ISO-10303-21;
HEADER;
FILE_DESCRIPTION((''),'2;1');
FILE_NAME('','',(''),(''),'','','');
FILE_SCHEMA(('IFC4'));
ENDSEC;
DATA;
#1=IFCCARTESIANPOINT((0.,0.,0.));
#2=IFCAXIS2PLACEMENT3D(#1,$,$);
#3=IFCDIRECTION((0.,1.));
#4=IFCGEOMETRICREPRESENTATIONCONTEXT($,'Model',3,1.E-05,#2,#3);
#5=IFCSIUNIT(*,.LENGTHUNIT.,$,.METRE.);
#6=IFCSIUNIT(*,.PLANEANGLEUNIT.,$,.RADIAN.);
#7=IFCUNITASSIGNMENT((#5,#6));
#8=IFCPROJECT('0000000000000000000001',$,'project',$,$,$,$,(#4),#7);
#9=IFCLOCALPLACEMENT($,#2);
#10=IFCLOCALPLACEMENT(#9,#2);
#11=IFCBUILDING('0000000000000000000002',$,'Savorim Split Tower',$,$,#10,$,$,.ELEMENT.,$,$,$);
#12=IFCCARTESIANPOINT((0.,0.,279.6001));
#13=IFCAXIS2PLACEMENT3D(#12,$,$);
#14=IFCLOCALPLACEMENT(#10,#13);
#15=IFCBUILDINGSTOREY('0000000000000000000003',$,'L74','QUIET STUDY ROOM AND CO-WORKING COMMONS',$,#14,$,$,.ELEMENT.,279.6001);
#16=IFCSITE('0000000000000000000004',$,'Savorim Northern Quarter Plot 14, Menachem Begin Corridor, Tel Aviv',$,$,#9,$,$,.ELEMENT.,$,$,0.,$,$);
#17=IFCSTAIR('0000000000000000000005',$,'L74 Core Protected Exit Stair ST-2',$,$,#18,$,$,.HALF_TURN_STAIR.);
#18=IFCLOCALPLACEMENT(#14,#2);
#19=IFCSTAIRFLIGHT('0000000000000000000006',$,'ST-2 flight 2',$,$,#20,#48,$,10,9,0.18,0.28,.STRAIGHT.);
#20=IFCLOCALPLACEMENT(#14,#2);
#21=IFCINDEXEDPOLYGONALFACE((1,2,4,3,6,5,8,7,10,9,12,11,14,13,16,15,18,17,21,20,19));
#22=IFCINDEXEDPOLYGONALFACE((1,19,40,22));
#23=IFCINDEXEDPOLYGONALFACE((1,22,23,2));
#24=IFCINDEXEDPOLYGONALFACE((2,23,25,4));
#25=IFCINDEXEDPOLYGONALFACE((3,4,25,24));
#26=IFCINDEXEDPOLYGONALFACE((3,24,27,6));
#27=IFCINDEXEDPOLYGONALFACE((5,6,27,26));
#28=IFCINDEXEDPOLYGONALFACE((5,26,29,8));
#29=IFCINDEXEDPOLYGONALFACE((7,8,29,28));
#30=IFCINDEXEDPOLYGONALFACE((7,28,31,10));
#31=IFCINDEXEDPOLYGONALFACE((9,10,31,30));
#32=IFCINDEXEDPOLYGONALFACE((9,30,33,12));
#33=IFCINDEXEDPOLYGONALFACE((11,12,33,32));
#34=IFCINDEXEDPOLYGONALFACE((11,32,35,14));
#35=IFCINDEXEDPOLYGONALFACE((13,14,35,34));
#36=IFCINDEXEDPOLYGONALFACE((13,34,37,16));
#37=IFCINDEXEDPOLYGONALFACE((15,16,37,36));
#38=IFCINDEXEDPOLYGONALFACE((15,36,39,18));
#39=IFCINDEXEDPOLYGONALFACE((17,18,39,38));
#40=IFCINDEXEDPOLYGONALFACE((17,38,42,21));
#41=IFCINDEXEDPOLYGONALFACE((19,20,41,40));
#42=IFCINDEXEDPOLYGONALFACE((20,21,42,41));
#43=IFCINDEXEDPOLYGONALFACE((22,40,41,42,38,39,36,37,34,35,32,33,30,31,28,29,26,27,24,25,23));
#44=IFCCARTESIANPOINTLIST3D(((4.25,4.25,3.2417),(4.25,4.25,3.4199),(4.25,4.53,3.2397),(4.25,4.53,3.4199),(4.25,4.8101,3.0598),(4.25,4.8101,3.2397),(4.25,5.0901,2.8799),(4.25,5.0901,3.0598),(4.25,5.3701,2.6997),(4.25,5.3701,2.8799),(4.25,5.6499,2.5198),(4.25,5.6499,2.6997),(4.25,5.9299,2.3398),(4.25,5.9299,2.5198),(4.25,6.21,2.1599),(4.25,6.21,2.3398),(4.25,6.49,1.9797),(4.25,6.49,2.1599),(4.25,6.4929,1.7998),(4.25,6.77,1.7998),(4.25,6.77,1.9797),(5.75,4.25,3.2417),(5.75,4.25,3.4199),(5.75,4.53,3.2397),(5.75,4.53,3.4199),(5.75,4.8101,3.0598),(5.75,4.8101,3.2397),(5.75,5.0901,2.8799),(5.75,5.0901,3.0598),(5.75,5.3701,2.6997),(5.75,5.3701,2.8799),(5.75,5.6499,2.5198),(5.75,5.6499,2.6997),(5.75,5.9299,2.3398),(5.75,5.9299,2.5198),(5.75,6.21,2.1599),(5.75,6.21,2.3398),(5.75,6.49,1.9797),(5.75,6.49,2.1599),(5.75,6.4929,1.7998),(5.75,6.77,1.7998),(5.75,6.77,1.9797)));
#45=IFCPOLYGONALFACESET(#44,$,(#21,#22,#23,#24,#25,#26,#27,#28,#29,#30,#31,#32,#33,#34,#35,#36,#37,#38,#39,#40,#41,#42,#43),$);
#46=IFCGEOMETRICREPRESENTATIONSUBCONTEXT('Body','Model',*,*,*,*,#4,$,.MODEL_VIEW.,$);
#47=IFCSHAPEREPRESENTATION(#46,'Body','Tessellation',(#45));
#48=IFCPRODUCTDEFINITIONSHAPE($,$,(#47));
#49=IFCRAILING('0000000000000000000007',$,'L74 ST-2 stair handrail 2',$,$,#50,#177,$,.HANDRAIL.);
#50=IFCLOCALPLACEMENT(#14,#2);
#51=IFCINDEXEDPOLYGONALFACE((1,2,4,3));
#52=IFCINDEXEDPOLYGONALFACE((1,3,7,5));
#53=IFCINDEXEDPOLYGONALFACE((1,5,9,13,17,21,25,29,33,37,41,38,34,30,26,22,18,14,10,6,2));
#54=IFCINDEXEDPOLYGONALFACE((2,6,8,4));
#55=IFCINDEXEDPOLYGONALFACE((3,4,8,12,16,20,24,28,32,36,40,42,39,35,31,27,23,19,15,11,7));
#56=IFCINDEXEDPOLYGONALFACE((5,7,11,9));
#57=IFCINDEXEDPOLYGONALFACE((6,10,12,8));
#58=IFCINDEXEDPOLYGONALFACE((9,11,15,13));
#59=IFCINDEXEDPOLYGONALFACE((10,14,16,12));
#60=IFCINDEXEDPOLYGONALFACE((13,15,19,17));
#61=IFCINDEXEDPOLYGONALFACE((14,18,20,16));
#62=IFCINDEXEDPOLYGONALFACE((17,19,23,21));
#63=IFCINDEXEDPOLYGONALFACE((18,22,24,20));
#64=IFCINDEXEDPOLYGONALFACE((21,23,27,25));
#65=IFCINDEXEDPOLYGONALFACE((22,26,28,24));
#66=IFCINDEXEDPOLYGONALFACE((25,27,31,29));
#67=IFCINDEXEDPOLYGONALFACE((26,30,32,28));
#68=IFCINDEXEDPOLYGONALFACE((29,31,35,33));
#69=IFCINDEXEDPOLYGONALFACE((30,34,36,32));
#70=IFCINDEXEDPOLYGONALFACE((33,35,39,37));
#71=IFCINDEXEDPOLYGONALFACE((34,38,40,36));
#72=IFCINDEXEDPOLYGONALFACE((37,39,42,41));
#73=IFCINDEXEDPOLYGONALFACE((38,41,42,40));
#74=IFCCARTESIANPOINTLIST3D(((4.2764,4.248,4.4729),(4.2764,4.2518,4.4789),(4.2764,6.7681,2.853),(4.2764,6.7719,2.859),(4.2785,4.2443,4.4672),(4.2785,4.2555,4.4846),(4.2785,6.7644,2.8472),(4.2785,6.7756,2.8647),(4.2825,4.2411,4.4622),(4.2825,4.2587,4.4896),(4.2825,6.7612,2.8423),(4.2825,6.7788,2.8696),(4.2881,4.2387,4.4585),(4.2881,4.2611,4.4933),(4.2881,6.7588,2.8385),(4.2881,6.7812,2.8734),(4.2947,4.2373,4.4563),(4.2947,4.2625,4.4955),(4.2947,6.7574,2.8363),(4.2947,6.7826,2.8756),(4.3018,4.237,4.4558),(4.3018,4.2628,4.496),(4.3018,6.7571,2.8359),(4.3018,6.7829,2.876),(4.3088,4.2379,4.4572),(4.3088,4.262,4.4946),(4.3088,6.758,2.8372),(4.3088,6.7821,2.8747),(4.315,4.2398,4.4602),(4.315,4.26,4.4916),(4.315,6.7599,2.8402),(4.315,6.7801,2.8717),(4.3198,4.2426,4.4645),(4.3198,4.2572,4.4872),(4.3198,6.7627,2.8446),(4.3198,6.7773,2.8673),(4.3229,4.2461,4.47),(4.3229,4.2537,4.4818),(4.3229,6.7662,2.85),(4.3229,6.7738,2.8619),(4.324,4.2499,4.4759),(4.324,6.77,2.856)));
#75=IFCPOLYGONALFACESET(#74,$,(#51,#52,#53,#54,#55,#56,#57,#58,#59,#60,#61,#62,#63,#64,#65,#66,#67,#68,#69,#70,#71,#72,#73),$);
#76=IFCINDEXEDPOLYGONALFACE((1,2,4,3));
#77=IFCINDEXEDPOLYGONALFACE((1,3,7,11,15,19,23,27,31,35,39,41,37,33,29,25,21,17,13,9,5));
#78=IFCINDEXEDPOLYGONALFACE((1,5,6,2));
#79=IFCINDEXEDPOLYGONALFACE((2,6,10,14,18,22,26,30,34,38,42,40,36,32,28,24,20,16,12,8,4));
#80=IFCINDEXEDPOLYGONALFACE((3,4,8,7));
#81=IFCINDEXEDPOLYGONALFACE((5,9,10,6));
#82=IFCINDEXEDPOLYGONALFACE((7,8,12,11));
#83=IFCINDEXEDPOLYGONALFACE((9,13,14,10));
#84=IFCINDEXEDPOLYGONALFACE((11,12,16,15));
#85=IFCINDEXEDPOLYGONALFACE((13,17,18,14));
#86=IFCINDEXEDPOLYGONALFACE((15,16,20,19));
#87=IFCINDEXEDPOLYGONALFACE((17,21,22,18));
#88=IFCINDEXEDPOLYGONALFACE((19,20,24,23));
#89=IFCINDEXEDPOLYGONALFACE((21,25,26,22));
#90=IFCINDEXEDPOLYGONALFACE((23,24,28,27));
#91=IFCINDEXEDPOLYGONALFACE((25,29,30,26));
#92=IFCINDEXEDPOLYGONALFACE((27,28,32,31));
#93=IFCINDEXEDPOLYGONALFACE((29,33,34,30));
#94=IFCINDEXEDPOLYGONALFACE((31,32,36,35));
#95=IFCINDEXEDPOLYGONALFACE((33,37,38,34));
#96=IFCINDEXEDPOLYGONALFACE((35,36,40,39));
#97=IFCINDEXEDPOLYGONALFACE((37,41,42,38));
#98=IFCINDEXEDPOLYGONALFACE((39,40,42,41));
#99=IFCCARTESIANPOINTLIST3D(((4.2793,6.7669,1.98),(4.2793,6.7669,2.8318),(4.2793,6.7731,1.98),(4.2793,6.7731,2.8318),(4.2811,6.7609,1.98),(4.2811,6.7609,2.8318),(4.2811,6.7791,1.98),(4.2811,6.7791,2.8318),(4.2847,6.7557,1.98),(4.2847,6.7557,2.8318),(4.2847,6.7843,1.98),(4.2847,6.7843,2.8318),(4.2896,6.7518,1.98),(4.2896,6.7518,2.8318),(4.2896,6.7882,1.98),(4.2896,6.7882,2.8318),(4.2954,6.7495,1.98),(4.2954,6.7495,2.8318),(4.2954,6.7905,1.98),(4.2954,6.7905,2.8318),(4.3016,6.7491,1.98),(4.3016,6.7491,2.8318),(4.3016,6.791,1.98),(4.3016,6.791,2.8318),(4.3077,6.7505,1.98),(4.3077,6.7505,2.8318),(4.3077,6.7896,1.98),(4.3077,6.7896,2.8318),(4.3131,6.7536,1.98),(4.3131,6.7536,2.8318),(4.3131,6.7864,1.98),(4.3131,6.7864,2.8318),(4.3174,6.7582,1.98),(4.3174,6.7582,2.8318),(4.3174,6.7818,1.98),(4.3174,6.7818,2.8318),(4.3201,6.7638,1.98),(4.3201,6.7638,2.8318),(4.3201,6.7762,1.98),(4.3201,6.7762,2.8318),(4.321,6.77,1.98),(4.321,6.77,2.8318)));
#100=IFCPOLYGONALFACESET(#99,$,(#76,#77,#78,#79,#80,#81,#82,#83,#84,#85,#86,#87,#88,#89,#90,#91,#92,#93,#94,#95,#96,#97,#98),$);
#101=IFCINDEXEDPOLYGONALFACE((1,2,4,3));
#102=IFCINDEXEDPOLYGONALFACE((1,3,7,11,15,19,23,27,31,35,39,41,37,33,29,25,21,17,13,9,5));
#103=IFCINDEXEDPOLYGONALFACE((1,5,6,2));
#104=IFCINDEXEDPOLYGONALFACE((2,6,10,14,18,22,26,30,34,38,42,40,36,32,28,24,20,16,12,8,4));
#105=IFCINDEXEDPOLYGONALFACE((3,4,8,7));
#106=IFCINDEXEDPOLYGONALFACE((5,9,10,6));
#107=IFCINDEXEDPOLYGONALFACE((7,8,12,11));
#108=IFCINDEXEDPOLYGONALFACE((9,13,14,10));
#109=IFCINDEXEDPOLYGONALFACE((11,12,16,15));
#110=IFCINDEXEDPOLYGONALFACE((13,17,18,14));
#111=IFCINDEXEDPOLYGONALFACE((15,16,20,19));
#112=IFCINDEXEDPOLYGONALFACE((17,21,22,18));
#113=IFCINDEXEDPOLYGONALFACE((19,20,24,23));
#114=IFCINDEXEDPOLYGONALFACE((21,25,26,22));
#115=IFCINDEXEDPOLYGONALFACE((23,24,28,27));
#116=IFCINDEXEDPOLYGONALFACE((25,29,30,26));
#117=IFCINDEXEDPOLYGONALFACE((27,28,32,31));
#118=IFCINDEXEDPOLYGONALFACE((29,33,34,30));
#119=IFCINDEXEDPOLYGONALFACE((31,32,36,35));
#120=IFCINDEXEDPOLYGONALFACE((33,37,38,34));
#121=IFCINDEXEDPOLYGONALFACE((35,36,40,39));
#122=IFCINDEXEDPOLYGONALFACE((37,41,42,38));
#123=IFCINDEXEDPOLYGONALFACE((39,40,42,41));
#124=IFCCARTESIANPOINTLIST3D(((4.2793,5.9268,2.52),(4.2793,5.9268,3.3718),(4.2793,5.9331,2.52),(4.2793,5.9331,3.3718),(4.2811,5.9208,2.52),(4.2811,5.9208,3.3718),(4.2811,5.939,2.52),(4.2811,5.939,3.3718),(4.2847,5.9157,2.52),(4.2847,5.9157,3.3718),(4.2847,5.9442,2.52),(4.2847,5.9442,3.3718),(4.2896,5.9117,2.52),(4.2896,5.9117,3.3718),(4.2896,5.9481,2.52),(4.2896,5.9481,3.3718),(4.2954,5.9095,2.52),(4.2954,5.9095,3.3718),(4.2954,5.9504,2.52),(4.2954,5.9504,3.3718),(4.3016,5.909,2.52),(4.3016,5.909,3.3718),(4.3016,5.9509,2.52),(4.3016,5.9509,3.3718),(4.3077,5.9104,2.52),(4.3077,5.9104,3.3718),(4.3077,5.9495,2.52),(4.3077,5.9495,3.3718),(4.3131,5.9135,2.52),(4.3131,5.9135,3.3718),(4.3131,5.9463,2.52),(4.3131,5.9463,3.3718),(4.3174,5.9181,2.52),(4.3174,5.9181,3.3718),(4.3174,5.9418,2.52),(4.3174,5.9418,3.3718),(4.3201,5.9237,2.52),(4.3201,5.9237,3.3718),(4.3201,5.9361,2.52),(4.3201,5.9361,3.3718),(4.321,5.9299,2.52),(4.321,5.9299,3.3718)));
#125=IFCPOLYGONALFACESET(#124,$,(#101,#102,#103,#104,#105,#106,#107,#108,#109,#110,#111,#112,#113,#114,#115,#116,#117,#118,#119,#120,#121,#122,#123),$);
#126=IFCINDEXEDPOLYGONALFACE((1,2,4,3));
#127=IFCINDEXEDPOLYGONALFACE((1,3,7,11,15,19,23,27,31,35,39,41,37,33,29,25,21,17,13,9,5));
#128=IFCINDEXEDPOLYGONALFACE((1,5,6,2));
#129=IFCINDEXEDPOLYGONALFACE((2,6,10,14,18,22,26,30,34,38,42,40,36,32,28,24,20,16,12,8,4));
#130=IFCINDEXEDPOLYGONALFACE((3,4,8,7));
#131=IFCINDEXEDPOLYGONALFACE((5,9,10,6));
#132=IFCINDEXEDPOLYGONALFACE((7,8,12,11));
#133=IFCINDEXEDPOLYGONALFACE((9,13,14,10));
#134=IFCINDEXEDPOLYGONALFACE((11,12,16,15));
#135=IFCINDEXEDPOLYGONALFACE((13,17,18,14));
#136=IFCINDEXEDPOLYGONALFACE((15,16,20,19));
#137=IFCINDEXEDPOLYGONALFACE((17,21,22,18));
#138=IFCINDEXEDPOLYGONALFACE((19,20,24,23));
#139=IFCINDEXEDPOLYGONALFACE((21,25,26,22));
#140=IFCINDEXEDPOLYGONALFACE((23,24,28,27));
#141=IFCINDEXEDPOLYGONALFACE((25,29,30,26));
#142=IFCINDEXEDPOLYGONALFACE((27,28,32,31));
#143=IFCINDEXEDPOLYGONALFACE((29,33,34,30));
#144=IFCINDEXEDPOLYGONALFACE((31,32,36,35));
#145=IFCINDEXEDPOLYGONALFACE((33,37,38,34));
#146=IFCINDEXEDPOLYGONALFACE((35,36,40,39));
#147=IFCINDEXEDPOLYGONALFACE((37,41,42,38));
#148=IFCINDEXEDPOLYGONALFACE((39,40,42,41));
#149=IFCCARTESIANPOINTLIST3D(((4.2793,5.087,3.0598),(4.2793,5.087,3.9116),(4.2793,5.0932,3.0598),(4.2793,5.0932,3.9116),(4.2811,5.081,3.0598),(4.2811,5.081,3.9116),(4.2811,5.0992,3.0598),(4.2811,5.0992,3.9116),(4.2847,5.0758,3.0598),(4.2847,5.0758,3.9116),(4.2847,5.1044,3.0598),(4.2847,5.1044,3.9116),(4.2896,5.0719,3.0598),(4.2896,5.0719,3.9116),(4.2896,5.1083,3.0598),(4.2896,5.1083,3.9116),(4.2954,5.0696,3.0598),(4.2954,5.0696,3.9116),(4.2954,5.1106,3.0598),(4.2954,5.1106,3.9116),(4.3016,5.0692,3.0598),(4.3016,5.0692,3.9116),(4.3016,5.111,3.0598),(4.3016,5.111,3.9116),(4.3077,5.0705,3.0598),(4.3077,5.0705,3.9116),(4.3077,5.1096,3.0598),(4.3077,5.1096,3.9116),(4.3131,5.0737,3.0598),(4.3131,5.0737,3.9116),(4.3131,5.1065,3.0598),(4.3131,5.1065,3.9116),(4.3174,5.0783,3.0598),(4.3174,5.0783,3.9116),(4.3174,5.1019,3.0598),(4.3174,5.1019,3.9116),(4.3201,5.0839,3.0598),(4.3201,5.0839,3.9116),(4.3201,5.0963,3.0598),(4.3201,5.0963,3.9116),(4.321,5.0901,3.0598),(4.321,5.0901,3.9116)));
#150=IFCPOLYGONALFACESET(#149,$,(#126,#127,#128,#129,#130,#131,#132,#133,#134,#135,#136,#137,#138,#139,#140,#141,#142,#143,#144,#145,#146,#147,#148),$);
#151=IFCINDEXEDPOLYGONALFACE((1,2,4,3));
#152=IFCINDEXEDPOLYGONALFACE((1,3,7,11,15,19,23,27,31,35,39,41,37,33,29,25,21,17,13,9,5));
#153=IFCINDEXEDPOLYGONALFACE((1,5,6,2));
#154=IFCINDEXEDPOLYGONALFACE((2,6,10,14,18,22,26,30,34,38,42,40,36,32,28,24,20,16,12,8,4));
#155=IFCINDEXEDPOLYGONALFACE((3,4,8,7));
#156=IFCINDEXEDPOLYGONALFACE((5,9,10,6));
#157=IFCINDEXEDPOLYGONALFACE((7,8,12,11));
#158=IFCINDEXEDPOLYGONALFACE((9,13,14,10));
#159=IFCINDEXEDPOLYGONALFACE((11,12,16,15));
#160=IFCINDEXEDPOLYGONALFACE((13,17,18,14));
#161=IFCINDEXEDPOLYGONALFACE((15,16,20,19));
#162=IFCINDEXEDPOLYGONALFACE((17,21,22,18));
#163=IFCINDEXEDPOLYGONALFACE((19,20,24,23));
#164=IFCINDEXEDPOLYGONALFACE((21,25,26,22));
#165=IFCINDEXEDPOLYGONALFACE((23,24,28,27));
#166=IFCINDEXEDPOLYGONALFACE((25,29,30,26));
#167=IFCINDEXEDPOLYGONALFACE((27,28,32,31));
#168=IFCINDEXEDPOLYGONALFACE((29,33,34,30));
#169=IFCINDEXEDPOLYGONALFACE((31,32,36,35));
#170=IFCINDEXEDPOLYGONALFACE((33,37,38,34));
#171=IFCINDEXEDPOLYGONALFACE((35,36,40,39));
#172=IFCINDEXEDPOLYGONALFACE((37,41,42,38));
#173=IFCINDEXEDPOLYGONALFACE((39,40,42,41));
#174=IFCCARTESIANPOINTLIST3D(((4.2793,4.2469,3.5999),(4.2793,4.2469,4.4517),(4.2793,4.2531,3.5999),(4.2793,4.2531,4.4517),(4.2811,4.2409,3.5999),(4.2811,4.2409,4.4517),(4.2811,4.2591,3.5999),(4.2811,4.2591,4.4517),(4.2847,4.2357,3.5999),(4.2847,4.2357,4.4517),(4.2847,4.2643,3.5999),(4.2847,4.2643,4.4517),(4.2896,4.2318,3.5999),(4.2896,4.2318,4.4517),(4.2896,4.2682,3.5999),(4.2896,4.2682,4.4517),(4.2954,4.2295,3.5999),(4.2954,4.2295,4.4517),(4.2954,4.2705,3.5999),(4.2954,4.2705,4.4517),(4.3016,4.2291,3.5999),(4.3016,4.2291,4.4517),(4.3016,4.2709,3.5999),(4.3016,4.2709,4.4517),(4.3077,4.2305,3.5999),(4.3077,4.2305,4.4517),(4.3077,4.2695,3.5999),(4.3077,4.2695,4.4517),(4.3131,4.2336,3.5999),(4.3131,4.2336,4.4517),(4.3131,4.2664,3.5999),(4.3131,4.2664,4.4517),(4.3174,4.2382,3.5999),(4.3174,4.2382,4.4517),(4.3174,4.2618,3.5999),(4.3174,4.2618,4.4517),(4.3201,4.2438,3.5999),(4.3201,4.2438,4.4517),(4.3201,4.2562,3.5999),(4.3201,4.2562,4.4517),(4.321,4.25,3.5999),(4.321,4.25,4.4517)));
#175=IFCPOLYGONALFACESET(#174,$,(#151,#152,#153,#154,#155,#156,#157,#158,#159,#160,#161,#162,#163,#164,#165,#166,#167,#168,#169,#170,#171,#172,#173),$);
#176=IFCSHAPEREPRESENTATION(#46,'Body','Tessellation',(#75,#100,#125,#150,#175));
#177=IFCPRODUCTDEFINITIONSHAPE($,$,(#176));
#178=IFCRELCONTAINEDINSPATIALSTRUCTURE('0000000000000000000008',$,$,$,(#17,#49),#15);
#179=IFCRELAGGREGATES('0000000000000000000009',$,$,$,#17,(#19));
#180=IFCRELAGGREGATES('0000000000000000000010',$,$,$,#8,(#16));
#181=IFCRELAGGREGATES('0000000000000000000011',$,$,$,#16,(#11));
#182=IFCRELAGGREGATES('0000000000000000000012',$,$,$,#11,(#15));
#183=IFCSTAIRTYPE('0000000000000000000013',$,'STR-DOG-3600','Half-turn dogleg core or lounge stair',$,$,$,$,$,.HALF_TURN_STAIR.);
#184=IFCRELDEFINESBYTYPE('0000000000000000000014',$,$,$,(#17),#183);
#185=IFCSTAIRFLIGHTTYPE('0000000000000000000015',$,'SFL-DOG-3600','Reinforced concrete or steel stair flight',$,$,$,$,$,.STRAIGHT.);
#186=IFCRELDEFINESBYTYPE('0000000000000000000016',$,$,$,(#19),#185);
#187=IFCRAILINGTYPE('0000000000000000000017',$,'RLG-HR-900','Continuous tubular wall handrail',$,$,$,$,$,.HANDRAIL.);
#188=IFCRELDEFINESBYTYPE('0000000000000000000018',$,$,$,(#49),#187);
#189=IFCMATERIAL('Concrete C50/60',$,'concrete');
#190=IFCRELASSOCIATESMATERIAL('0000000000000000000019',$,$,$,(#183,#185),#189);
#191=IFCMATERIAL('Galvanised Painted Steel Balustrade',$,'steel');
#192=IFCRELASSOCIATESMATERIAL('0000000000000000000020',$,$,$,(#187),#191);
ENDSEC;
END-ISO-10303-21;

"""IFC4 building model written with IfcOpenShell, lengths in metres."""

from ifc_helpers import new_model, si_unit, direction, frame, origin, origin_2d, place, context, subcontext, project, spatial, polyline, circle, outline, extrude, material, type_object, element, aggregate, save


model = new_model("IFC4")

# Units and contexts
model_context = context("Model", 3, precision=1e-05, world=origin(), true_north=direction((0.0, 1.0)))
body_context = subcontext(model_context, "Body", "Model", "MODEL_VIEW")
ifc_project = project(units=[si_unit("LENGTHUNIT", "METRE"), si_unit("PLANEANGLEUNIT", "RADIAN")], contexts=[model_context])

# Site, building, storey
site_placement = place(None, origin())
site = spatial("IfcSite", under=ifc_project, at=site_placement, Name="Savorim Northern Quarter Plot 14, Menachem Begin Corridor, Tel Aviv", CompositionType="ELEMENT", RefElevation=0.0)
building_placement = place(site_placement, origin())
building = spatial("IfcBuilding", under=site, at=building_placement, Name="Savorim Split Tower", CompositionType="ELEMENT")
storey_placement = place(building_placement, frame((0.0, 0.0, 279.6001)))
storey = spatial("IfcBuildingStorey", under=building, at=storey_placement, Name="L74", Description="QUIET STUDY ROOM AND CO-WORKING COMMONS", CompositionType="ELEMENT", Elevation=279.6001)

# Stair, stair flight
ifc_material_1 = material(Name="Concrete C50/60", Category="concrete")
stair_type = type_object("IfcStairType", Name="STR-DOG-3600", Description="Half-turn dogleg core or lounge stair", PredefinedType="HALF_TURN_STAIR", material=ifc_material_1)
stair_placement = place(storey_placement, origin())
stair = element("IfcStair", 1, at=stair_placement, inside=storey, type_object=stair_type, Name="L74 Core Protected Exit Stair ST-2", PredefinedType="HALF_TURN_STAIR")
stair_flight_type = type_object("IfcStairFlightType", Name="SFL-DOG-3600", Description="Reinforced concrete or steel stair flight", PredefinedType="STRAIGHT", material=ifc_material_1)
stair_flight_placement = place(storey_placement, frame((5.0, 6.77, 1.7998), z_axis=(0.0, 0.0, 1.0), x_axis=(0.0, -1.0, 0.0)))
stair_flight = element("IfcStairFlight", 2, at=stair_flight_placement, type_object=stair_flight_type, Name="ST-2 flight 2", NumberOfRisers=10, NumberOfTreads=9, PredefinedType="STRAIGHT", RiserHeight=0.18, TreadLength=0.28, context=body_context, shape_type="SweptSolid", body=[
    extrude(outline(polyline([(0.0, 0.0), (0.0, 0.1799), (0.28, 0.1799), (0.28, 0.3601), (0.5601, 0.3601), (0.5601, 0.54), (0.8401, 0.54), (0.8401, 0.72), (1.1201, 0.72), (1.1201, 0.8999), (1.3999, 0.8999), (1.3999, 1.0801), (1.6799, 1.0801), (1.6799, 1.26), (1.96, 1.26), (1.96, 1.4399), (2.24, 1.4399), (2.24, 1.6201), (2.52, 1.6201), (2.52, 1.8), (2.52, 1.4419), (0.2771, 0.0), (0.0, 0.0)])), frame((0.0, 0.75, 0.0), z_axis=(0.0, -1.0, 0.0), x_axis=(1.0, 0.0, 0.0)), (0.0, 0.0, 1.0), 1.5),
])
aggregate(stair, [stair_flight])

# Railing
ifc_material_2 = material(Name="Galvanised Painted Steel Balustrade", Category="steel")
railing_type_1 = type_object("IfcRailingType", Name="RLG-HR-900", Description="Continuous tubular wall handrail", PredefinedType="HANDRAIL", material=ifc_material_2)
railing_1_placement = place(storey_placement, frame((4.3, 6.77, 1.98)))
element("IfcRailing", 3, at=railing_1_placement, inside=storey, type_object=railing_type_1, Name="L74 ST-2 stair handrail 2", PredefinedType="HANDRAIL", context=body_context, shape_type="SweptSolid", body=[
    extrude(circle(Radius=0.0239, at=origin_2d()), frame((0.0, 0.0, 0.876), z_axis=(0.0, -0.8412, 0.540725), x_axis=(1.0, 0.0, 0.0)), (0.0, 0.0, 1.0), 2.9958),
    extrude(circle(Radius=0.021, at=origin_2d()), origin(), (0.0, 0.0, 1.0), 0.8518),
    extrude(circle(Radius=0.021, at=origin_2d()), frame((0.0, -0.8401, 0.54)), (0.0, 0.0, 1.0), 0.8518),
    extrude(circle(Radius=0.021, at=origin_2d()), frame((0.0, -1.6799, 1.0798)), (0.0, 0.0, 1.0), 0.8518),
    extrude(circle(Radius=0.021, at=origin_2d()), frame((0.0, -2.52, 1.6199)), (0.0, 0.0, 1.0), 0.8518),
])

save(model, "model.ifc")
